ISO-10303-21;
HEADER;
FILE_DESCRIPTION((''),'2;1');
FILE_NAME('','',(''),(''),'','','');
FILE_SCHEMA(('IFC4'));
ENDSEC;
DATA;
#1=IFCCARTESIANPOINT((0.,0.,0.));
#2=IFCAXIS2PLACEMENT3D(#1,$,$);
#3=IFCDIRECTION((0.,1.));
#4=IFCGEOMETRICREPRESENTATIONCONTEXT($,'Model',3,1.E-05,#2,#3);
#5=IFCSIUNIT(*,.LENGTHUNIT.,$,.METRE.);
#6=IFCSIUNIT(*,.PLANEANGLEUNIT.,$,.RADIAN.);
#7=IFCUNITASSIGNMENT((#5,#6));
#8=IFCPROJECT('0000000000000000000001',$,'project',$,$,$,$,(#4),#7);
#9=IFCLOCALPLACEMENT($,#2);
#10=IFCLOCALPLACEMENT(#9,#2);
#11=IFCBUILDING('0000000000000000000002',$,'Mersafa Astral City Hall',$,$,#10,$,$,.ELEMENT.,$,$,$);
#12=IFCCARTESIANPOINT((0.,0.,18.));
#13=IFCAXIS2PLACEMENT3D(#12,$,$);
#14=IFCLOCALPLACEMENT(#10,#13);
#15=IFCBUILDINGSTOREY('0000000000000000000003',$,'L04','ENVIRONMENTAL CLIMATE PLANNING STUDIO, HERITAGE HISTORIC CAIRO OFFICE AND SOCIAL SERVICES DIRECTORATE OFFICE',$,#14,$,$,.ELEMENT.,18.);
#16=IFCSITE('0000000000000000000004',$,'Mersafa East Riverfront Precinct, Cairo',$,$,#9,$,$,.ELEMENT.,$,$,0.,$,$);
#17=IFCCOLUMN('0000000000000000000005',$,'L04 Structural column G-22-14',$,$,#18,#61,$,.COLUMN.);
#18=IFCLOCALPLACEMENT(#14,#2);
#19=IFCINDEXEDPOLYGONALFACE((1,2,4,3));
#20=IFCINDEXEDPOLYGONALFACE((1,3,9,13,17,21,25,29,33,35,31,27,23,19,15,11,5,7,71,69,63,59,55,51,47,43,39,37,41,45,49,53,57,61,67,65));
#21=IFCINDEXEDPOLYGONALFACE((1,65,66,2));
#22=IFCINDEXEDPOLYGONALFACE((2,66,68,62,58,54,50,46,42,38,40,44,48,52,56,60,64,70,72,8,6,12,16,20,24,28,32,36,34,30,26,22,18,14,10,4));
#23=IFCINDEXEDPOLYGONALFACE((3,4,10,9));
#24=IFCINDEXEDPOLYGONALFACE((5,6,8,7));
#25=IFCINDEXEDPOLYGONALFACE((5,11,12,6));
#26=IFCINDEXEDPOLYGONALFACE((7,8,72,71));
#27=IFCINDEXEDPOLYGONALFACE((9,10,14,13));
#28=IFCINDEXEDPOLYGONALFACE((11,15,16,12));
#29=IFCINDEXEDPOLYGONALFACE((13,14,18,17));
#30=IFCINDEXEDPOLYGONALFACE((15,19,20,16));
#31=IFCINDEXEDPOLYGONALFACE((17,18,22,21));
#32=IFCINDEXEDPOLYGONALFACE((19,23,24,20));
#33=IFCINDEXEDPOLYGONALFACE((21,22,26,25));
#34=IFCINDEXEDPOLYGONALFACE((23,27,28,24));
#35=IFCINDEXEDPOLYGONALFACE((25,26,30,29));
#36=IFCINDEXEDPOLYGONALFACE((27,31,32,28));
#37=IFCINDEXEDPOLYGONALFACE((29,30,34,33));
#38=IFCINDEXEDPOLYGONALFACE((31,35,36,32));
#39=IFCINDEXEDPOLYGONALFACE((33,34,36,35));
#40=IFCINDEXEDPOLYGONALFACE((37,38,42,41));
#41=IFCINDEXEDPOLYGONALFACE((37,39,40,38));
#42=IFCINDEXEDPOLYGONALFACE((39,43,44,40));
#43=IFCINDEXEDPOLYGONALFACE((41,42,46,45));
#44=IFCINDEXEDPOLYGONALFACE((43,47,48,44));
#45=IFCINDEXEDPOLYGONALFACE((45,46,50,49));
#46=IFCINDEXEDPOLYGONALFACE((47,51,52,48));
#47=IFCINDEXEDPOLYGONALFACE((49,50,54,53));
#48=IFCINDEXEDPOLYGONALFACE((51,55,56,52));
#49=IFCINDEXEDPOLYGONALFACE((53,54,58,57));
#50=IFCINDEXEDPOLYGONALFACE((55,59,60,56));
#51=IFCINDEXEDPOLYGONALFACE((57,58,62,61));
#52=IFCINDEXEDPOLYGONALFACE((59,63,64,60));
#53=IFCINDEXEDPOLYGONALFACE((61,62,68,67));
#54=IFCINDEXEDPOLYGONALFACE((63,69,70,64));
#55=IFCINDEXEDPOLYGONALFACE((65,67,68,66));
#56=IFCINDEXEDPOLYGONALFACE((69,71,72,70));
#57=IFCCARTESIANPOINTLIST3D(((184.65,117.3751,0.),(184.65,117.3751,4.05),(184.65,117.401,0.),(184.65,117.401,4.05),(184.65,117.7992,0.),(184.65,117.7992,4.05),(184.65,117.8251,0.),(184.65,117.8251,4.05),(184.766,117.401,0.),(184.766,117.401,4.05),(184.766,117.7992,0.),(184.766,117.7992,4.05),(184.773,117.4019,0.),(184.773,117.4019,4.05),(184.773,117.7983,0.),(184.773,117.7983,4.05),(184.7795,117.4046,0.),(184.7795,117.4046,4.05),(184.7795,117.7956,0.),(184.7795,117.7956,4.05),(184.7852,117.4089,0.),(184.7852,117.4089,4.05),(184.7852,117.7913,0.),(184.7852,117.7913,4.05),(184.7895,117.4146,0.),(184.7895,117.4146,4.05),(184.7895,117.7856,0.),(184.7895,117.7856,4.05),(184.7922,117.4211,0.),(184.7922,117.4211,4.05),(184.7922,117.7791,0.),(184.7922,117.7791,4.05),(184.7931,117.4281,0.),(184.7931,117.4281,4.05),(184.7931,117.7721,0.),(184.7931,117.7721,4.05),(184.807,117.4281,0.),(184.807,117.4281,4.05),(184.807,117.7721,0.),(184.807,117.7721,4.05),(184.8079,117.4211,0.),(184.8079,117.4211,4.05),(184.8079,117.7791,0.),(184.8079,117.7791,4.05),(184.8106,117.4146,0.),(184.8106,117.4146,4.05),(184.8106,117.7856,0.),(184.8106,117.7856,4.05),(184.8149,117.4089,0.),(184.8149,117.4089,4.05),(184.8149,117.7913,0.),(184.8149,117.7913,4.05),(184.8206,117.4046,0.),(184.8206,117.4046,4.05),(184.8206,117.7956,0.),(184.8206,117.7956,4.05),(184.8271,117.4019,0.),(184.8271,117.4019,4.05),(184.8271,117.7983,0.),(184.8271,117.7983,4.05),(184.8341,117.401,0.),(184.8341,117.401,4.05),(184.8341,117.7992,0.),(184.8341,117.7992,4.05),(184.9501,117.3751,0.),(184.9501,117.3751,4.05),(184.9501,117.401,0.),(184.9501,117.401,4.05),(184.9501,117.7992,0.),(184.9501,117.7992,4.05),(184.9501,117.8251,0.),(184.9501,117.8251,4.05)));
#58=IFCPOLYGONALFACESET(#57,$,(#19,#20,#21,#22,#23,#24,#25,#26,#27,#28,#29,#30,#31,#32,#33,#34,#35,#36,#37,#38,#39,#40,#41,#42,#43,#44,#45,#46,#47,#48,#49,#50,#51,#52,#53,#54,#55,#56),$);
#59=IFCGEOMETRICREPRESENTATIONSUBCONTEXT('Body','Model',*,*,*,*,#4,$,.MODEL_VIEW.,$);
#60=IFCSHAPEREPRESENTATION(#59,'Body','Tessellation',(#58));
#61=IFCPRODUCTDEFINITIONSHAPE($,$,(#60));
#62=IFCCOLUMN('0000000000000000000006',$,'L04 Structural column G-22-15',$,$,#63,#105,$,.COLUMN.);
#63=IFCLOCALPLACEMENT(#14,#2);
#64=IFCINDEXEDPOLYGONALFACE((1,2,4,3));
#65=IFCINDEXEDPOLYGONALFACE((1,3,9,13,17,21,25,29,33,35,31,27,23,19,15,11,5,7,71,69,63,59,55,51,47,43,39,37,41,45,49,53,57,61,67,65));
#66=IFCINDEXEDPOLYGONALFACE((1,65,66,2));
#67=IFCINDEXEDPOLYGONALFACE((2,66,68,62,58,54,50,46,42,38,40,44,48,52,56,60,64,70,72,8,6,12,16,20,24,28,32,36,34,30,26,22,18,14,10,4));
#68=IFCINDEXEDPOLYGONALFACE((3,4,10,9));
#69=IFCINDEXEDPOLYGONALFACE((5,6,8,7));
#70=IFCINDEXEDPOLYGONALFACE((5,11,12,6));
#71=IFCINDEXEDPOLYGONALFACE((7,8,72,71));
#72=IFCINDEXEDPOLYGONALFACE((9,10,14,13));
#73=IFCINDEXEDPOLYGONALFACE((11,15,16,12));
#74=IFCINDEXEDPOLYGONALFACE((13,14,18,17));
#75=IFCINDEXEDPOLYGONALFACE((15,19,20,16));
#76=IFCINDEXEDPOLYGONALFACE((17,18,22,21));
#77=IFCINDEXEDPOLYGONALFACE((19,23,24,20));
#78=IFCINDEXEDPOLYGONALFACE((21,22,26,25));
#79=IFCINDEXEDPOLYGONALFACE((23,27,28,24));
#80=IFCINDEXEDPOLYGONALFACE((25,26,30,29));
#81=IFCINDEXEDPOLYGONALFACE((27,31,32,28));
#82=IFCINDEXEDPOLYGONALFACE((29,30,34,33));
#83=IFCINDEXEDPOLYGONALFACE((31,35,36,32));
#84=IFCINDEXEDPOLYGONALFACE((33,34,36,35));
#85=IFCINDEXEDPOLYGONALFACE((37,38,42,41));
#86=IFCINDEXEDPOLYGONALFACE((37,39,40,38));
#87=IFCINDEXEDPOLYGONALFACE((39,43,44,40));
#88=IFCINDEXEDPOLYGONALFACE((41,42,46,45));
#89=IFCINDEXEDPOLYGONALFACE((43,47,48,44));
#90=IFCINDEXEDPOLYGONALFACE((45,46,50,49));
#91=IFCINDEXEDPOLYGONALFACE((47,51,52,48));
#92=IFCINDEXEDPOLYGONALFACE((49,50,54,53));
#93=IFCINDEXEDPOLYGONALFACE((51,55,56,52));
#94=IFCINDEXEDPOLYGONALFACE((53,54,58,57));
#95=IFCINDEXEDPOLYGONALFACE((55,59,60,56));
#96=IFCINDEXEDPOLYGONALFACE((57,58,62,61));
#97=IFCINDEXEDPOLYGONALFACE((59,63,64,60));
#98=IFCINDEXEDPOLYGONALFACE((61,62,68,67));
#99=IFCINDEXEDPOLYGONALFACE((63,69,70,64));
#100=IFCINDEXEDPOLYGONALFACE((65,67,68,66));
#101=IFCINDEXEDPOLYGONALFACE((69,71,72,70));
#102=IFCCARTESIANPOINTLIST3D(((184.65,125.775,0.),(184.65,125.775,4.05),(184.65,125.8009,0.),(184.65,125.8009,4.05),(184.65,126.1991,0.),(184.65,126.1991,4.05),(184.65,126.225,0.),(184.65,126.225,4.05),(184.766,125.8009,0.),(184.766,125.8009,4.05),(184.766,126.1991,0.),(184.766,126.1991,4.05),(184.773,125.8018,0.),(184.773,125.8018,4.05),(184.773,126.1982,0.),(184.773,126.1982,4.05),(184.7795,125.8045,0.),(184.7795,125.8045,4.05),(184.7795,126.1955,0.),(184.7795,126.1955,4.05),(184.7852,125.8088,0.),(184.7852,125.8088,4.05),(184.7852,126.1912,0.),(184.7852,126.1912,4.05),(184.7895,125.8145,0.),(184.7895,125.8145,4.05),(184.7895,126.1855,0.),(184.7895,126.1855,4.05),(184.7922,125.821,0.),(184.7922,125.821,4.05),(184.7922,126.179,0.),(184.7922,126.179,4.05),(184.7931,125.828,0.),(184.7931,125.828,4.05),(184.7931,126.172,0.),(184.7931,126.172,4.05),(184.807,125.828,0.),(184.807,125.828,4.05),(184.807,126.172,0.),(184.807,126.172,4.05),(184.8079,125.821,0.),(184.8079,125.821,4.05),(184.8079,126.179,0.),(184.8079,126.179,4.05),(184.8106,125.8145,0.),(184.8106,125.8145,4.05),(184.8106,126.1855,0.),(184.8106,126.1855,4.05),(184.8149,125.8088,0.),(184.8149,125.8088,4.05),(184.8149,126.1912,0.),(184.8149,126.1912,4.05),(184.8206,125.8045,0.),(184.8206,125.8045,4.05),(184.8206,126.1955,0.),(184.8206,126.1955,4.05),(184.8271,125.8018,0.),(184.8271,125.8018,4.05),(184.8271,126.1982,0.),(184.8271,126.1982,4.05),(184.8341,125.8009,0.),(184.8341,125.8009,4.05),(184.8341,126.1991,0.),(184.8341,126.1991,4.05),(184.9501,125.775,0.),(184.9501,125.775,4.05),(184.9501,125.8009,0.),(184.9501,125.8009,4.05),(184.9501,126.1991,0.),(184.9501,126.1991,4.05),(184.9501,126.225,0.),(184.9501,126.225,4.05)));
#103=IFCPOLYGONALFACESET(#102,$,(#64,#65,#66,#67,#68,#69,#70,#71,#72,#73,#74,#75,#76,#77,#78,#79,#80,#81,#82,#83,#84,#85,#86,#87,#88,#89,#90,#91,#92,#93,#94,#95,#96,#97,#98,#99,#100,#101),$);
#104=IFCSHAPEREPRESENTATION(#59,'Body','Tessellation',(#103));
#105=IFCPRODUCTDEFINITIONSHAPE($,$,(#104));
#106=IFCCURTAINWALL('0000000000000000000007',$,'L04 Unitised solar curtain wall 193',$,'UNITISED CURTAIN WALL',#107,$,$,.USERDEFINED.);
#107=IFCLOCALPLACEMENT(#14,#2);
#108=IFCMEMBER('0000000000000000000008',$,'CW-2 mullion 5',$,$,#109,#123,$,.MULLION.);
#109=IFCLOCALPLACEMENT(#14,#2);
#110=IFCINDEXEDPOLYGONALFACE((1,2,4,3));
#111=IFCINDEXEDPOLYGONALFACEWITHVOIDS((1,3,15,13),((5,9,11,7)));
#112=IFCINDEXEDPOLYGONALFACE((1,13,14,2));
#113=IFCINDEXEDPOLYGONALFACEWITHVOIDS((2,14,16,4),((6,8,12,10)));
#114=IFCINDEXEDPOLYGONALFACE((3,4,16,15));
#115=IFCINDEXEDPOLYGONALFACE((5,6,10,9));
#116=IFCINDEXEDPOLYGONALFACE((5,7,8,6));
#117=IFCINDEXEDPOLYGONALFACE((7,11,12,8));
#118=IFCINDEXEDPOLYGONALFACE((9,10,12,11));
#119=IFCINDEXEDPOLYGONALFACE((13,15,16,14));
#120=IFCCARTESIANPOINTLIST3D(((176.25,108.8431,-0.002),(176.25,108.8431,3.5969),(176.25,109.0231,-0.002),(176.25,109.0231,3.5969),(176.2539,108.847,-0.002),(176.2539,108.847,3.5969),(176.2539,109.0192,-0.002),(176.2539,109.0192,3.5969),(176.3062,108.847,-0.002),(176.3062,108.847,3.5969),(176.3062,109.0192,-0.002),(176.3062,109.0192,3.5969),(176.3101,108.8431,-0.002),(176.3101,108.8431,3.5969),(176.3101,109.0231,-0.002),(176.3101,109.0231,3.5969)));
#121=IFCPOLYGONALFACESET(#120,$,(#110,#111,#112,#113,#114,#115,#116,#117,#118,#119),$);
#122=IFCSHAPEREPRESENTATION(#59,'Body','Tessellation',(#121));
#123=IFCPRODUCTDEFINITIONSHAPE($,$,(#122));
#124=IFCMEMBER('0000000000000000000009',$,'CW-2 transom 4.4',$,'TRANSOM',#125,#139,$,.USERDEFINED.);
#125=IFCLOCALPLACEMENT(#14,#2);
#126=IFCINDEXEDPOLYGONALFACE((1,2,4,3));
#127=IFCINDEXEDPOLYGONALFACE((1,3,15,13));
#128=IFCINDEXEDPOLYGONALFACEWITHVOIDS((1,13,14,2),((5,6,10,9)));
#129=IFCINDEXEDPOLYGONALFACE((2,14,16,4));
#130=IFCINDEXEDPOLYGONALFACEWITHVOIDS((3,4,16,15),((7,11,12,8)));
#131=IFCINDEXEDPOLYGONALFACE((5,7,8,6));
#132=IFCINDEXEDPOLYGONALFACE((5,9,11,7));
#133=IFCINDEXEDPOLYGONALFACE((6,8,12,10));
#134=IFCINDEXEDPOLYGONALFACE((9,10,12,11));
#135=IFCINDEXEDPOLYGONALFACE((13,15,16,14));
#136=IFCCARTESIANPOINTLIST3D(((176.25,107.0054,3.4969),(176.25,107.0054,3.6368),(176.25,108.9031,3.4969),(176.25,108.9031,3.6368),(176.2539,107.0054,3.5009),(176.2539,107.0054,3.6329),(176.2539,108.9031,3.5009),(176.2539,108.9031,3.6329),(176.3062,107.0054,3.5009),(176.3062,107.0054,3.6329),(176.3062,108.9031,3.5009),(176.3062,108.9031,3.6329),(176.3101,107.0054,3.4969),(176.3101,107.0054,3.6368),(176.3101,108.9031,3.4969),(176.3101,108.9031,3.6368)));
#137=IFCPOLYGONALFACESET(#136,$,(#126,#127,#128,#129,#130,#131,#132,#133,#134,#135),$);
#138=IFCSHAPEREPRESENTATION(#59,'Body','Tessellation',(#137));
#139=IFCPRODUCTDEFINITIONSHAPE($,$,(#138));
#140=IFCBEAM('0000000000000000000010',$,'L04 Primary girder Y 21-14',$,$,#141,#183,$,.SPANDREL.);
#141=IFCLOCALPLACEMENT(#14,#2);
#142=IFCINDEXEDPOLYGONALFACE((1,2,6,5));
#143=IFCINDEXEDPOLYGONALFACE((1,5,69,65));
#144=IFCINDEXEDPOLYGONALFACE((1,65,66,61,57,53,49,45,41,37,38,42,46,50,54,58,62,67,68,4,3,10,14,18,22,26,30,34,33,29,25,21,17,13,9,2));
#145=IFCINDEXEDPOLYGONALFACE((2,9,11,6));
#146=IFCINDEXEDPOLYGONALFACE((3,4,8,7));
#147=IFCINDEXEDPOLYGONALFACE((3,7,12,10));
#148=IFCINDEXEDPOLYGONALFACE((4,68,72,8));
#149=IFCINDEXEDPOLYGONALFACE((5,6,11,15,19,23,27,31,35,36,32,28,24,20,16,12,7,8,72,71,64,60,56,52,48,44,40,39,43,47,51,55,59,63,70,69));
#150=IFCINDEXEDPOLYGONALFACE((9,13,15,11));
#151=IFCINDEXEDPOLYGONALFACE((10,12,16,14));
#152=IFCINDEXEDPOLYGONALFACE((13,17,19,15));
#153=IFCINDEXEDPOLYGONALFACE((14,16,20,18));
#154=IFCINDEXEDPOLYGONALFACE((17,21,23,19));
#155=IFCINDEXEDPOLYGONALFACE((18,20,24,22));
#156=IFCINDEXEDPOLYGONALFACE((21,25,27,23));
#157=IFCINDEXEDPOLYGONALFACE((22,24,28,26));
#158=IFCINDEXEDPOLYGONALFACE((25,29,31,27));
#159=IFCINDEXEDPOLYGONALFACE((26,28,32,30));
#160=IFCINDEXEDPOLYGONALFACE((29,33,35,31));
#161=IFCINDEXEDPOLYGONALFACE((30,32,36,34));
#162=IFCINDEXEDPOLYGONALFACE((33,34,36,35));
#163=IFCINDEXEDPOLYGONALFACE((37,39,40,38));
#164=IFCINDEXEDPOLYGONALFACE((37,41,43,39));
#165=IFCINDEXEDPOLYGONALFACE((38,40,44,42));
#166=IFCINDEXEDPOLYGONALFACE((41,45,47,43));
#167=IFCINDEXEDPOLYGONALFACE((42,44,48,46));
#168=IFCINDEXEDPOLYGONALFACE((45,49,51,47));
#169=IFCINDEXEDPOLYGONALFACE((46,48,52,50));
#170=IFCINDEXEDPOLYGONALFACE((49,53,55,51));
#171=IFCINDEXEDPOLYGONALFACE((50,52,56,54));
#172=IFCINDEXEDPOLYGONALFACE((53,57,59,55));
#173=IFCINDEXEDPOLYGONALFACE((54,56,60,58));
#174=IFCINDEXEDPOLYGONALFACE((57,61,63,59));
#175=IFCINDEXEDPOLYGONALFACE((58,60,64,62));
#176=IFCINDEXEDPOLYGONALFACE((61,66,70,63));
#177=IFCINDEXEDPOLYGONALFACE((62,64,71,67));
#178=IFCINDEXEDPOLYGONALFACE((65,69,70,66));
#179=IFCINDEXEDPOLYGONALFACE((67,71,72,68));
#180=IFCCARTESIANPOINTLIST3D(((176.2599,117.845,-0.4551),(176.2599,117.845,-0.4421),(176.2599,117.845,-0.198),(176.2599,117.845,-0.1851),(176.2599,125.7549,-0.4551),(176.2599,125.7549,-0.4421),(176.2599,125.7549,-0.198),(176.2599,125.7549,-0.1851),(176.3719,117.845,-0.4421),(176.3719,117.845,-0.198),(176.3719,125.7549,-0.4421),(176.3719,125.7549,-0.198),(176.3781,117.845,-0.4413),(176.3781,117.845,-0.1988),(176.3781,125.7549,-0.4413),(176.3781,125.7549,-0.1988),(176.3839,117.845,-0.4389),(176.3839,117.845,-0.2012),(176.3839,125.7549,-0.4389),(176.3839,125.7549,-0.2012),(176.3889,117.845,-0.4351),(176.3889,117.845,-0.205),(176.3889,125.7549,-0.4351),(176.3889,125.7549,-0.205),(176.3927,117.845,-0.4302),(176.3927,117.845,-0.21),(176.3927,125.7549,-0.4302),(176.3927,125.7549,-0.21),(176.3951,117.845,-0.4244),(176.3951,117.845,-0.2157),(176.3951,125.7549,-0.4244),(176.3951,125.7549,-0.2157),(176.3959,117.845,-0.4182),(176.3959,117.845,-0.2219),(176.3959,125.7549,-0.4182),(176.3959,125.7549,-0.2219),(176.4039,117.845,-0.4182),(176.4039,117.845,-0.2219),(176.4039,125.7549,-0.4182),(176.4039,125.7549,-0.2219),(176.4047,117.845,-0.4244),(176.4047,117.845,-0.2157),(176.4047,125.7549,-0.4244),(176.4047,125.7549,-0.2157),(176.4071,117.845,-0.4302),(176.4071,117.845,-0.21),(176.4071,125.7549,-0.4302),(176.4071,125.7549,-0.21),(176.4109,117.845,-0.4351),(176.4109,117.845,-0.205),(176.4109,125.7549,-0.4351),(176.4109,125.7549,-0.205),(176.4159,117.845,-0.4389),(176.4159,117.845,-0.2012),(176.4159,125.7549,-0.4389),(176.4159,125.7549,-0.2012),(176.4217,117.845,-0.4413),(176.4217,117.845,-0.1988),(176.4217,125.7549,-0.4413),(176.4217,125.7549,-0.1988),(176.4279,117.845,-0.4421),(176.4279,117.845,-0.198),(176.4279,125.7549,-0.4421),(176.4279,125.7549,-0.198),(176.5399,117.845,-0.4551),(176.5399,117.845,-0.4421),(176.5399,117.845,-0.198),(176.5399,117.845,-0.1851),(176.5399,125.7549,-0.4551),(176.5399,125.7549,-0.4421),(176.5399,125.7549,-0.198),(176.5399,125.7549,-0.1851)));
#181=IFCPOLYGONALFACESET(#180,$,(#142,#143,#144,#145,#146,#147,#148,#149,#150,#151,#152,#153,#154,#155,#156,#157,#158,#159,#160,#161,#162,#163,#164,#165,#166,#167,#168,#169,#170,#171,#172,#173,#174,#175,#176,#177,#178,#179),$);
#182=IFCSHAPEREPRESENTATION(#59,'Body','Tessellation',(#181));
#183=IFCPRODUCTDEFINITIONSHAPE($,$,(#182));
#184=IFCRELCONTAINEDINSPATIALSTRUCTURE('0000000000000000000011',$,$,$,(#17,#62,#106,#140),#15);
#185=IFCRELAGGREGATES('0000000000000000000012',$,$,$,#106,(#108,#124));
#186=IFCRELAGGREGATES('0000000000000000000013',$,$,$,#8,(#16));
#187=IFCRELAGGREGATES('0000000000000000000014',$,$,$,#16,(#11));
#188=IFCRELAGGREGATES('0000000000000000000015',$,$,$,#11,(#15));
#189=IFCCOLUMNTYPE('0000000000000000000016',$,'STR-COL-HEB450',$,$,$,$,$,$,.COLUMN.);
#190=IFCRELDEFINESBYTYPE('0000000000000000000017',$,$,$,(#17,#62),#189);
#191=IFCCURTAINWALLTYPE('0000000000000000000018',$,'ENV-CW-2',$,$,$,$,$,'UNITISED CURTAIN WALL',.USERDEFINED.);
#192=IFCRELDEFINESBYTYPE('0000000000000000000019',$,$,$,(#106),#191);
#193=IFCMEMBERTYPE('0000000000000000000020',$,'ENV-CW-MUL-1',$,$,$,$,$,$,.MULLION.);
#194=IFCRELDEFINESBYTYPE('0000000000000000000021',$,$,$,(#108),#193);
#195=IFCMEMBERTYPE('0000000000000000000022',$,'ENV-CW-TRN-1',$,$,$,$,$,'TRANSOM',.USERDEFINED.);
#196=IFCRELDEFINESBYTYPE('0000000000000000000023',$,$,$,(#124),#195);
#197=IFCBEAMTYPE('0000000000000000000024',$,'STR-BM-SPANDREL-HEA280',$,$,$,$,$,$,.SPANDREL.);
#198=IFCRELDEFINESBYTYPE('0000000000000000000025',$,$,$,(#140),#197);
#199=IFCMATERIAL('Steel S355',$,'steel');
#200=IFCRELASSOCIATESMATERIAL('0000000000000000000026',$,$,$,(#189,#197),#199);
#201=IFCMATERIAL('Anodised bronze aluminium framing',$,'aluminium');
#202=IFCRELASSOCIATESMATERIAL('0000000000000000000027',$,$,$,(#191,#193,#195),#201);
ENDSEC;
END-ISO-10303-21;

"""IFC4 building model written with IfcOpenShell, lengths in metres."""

from ifc_helpers import new_model, si_unit, direction, frame, origin, origin_2d, place, context, subcontext, project, spatial, hollow_rectangle, i_section, extrude, material, material_profile, profile_set, type_object, element, aggregate, save


model = new_model("IFC4")

# Units and contexts
model_context = context("Model", 3, precision=1e-05, world=origin(), true_north=direction((0.0, 1.0)))
body_context = subcontext(model_context, "Body", "Model", "MODEL_VIEW")
ifc_project = project(units=[si_unit("LENGTHUNIT", "METRE"), si_unit("PLANEANGLEUNIT", "RADIAN")], contexts=[model_context])

# Site, building, storey
site_placement = place(None, origin())
site = spatial("IfcSite", under=ifc_project, at=site_placement, Name="Mersafa East Riverfront Precinct, Cairo", CompositionType="ELEMENT", RefElevation=0.0)
building_placement = place(site_placement, origin())
building = spatial("IfcBuilding", under=site, at=building_placement, Name="Mersafa Astral City Hall", CompositionType="ELEMENT")
storey_placement = place(building_placement, frame((0.0, 0.0, 18.0)))
storey = spatial("IfcBuildingStorey", under=building, at=storey_placement, Name="L04", Description="ENVIRONMENTAL CLIMATE PLANNING STUDIO, HERITAGE HISTORIC CAIRO OFFICE AND SOCIAL SERVICES DIRECTORATE OFFICE", CompositionType="ELEMENT", Elevation=18.0)

# Columns
ifc_material_1 = material(Name="Steel S355", Category="steel")
ifc_material_profile_1 = material_profile(ifc_material_1, i_section(OverallWidth=0.3, OverallDepth=0.45, WebThickness=0.0139, FlangeThickness=0.0259, FilletRadius=0.0271, at=origin_2d()), Name="HEB 450")
ifc_profile_set_1 = profile_set([ifc_material_profile_1], Name="Steel S355")
column_type = type_object("IfcColumnType", Name="STR-COL-HEB450", PredefinedType="COLUMN", material=ifc_profile_set_1)
for number, where, z_axis, x_axis, name in (
    (1, (184.8, 117.6001, 0.0), (0.0, 0.0, 1.0), (1.0, 0.0, 0.0), "L04 Structural column G-22-14"),
    (2, (184.8, 126.0, 0.0), (0.0, 0.0, 1.0), (1.0, 0.0, 0.0), "L04 Structural column G-22-15"),
):
    element("IfcColumn", number, at=place(storey_placement, frame(where, z_axis=z_axis, x_axis=x_axis)), inside=storey, type_object=column_type, Name=name, PredefinedType="COLUMN", context=body_context, shape_type="SweptSolid", body=[
        extrude(i_section(OverallWidth=0.3, OverallDepth=0.45, WebThickness=0.0139, FlangeThickness=0.0259, FilletRadius=0.0271, at=origin_2d()), origin(), (0.0, 0.0, 1.0), 4.05),
    ])

# Curtain wall, members
ifc_material_2 = material(Name="Anodised bronze aluminium framing", Category="aluminium")
curtain_wall_type = type_object("IfcCurtainWallType", Name="ENV-CW-2", ElementType="UNITISED CURTAIN WALL", PredefinedType="USERDEFINED", material=ifc_material_2)
curtain_wall_placement = place(storey_placement, origin())
curtain_wall = element("IfcCurtainWall", 3, at=curtain_wall_placement, inside=storey, type_object=curtain_wall_type, Name="L04 Unitised solar curtain wall 193", ObjectType="UNITISED CURTAIN WALL", PredefinedType="USERDEFINED")
ifc_material_profile_2 = material_profile(ifc_material_2, hollow_rectangle(XDim=0.0601, YDim=0.1799, WallThickness=0.0039, at=origin_2d()), Name="RHS 60x180x4")
ifc_profile_set_2 = profile_set([ifc_material_profile_2], Name="Anodised bronze aluminium framing")
member_type_1 = type_object("IfcMemberType", Name="ENV-CW-MUL-1", PredefinedType="MULLION", material=ifc_profile_set_2)
member_1_placement = place(storey_placement, frame((176.28, 108.9331, -0.002), z_axis=(0.0, 0.0, 1.0), x_axis=(-1.0, 0.0, 0.0)))
member_1 = element("IfcMember", 4, at=member_1_placement, type_object=member_type_1, Name="CW-2 mullion 5", PredefinedType="MULLION", context=body_context, shape_type="SweptSolid", body=[
    extrude(hollow_rectangle(XDim=0.0601, YDim=0.1799, WallThickness=0.0039, at=origin_2d()), origin(), (0.0, 0.0, 1.0), 3.5989),
])
ifc_material_profile_3 = material_profile(ifc_material_2, hollow_rectangle(XDim=0.0601, YDim=0.1399, WallThickness=0.0039, at=origin_2d()), Name="RHS 60x140x4")
ifc_profile_set_3 = profile_set([ifc_material_profile_3], Name="Anodised bronze aluminium framing")
member_type_2 = type_object("IfcMemberType", Name="ENV-CW-TRN-1", ElementType="TRANSOM", PredefinedType="USERDEFINED", material=ifc_profile_set_3)
member_2_placement = place(storey_placement, frame((176.28, 107.0054, 3.5669), z_axis=(0.0, 1.0, 0.0), x_axis=(-1.0, 0.0, 0.0)))
member_2 = element("IfcMember", 5, at=member_2_placement, type_object=member_type_2, Name="CW-2 transom 4.4", ObjectType="TRANSOM", PredefinedType="USERDEFINED", context=body_context, shape_type="SweptSolid", body=[
    extrude(hollow_rectangle(XDim=0.0601, YDim=0.1399, WallThickness=0.0039, at=origin_2d()), origin(), (0.0, 0.0, 1.0), 1.8977),
])

# Beam
ifc_material_profile_4 = material_profile(ifc_material_1, i_section(OverallWidth=0.28, OverallDepth=0.27, WebThickness=0.0081, FlangeThickness=0.0129, FilletRadius=0.0239, at=origin_2d()), Name="HEA 280")
ifc_profile_set_4 = profile_set([ifc_material_profile_4], Name="Steel S355")
beam_type_1 = type_object("IfcBeamType", Name="STR-BM-SPANDREL-HEA280", PredefinedType="SPANDREL", material=ifc_profile_set_4)
beam_1_placement = place(storey_placement, frame((176.3999, 117.845, -0.3201), z_axis=(0.0, 1.0, 0.0), x_axis=(-1.0, 0.0, 0.0)))
element("IfcBeam", 6, at=beam_1_placement, inside=storey, type_object=beam_type_1, Name="L04 Primary girder Y 21-14", PredefinedType="SPANDREL", context=body_context, shape_type="SweptSolid", body=[
    extrude(i_section(OverallWidth=0.28, OverallDepth=0.27, WebThickness=0.0081, FlangeThickness=0.0129, FilletRadius=0.0239, at=origin_2d()), origin(), (0.0, 0.0, 1.0), 7.9099),
])

aggregate(curtain_wall, [member_1, member_2])

save(model, "model.ifc")
